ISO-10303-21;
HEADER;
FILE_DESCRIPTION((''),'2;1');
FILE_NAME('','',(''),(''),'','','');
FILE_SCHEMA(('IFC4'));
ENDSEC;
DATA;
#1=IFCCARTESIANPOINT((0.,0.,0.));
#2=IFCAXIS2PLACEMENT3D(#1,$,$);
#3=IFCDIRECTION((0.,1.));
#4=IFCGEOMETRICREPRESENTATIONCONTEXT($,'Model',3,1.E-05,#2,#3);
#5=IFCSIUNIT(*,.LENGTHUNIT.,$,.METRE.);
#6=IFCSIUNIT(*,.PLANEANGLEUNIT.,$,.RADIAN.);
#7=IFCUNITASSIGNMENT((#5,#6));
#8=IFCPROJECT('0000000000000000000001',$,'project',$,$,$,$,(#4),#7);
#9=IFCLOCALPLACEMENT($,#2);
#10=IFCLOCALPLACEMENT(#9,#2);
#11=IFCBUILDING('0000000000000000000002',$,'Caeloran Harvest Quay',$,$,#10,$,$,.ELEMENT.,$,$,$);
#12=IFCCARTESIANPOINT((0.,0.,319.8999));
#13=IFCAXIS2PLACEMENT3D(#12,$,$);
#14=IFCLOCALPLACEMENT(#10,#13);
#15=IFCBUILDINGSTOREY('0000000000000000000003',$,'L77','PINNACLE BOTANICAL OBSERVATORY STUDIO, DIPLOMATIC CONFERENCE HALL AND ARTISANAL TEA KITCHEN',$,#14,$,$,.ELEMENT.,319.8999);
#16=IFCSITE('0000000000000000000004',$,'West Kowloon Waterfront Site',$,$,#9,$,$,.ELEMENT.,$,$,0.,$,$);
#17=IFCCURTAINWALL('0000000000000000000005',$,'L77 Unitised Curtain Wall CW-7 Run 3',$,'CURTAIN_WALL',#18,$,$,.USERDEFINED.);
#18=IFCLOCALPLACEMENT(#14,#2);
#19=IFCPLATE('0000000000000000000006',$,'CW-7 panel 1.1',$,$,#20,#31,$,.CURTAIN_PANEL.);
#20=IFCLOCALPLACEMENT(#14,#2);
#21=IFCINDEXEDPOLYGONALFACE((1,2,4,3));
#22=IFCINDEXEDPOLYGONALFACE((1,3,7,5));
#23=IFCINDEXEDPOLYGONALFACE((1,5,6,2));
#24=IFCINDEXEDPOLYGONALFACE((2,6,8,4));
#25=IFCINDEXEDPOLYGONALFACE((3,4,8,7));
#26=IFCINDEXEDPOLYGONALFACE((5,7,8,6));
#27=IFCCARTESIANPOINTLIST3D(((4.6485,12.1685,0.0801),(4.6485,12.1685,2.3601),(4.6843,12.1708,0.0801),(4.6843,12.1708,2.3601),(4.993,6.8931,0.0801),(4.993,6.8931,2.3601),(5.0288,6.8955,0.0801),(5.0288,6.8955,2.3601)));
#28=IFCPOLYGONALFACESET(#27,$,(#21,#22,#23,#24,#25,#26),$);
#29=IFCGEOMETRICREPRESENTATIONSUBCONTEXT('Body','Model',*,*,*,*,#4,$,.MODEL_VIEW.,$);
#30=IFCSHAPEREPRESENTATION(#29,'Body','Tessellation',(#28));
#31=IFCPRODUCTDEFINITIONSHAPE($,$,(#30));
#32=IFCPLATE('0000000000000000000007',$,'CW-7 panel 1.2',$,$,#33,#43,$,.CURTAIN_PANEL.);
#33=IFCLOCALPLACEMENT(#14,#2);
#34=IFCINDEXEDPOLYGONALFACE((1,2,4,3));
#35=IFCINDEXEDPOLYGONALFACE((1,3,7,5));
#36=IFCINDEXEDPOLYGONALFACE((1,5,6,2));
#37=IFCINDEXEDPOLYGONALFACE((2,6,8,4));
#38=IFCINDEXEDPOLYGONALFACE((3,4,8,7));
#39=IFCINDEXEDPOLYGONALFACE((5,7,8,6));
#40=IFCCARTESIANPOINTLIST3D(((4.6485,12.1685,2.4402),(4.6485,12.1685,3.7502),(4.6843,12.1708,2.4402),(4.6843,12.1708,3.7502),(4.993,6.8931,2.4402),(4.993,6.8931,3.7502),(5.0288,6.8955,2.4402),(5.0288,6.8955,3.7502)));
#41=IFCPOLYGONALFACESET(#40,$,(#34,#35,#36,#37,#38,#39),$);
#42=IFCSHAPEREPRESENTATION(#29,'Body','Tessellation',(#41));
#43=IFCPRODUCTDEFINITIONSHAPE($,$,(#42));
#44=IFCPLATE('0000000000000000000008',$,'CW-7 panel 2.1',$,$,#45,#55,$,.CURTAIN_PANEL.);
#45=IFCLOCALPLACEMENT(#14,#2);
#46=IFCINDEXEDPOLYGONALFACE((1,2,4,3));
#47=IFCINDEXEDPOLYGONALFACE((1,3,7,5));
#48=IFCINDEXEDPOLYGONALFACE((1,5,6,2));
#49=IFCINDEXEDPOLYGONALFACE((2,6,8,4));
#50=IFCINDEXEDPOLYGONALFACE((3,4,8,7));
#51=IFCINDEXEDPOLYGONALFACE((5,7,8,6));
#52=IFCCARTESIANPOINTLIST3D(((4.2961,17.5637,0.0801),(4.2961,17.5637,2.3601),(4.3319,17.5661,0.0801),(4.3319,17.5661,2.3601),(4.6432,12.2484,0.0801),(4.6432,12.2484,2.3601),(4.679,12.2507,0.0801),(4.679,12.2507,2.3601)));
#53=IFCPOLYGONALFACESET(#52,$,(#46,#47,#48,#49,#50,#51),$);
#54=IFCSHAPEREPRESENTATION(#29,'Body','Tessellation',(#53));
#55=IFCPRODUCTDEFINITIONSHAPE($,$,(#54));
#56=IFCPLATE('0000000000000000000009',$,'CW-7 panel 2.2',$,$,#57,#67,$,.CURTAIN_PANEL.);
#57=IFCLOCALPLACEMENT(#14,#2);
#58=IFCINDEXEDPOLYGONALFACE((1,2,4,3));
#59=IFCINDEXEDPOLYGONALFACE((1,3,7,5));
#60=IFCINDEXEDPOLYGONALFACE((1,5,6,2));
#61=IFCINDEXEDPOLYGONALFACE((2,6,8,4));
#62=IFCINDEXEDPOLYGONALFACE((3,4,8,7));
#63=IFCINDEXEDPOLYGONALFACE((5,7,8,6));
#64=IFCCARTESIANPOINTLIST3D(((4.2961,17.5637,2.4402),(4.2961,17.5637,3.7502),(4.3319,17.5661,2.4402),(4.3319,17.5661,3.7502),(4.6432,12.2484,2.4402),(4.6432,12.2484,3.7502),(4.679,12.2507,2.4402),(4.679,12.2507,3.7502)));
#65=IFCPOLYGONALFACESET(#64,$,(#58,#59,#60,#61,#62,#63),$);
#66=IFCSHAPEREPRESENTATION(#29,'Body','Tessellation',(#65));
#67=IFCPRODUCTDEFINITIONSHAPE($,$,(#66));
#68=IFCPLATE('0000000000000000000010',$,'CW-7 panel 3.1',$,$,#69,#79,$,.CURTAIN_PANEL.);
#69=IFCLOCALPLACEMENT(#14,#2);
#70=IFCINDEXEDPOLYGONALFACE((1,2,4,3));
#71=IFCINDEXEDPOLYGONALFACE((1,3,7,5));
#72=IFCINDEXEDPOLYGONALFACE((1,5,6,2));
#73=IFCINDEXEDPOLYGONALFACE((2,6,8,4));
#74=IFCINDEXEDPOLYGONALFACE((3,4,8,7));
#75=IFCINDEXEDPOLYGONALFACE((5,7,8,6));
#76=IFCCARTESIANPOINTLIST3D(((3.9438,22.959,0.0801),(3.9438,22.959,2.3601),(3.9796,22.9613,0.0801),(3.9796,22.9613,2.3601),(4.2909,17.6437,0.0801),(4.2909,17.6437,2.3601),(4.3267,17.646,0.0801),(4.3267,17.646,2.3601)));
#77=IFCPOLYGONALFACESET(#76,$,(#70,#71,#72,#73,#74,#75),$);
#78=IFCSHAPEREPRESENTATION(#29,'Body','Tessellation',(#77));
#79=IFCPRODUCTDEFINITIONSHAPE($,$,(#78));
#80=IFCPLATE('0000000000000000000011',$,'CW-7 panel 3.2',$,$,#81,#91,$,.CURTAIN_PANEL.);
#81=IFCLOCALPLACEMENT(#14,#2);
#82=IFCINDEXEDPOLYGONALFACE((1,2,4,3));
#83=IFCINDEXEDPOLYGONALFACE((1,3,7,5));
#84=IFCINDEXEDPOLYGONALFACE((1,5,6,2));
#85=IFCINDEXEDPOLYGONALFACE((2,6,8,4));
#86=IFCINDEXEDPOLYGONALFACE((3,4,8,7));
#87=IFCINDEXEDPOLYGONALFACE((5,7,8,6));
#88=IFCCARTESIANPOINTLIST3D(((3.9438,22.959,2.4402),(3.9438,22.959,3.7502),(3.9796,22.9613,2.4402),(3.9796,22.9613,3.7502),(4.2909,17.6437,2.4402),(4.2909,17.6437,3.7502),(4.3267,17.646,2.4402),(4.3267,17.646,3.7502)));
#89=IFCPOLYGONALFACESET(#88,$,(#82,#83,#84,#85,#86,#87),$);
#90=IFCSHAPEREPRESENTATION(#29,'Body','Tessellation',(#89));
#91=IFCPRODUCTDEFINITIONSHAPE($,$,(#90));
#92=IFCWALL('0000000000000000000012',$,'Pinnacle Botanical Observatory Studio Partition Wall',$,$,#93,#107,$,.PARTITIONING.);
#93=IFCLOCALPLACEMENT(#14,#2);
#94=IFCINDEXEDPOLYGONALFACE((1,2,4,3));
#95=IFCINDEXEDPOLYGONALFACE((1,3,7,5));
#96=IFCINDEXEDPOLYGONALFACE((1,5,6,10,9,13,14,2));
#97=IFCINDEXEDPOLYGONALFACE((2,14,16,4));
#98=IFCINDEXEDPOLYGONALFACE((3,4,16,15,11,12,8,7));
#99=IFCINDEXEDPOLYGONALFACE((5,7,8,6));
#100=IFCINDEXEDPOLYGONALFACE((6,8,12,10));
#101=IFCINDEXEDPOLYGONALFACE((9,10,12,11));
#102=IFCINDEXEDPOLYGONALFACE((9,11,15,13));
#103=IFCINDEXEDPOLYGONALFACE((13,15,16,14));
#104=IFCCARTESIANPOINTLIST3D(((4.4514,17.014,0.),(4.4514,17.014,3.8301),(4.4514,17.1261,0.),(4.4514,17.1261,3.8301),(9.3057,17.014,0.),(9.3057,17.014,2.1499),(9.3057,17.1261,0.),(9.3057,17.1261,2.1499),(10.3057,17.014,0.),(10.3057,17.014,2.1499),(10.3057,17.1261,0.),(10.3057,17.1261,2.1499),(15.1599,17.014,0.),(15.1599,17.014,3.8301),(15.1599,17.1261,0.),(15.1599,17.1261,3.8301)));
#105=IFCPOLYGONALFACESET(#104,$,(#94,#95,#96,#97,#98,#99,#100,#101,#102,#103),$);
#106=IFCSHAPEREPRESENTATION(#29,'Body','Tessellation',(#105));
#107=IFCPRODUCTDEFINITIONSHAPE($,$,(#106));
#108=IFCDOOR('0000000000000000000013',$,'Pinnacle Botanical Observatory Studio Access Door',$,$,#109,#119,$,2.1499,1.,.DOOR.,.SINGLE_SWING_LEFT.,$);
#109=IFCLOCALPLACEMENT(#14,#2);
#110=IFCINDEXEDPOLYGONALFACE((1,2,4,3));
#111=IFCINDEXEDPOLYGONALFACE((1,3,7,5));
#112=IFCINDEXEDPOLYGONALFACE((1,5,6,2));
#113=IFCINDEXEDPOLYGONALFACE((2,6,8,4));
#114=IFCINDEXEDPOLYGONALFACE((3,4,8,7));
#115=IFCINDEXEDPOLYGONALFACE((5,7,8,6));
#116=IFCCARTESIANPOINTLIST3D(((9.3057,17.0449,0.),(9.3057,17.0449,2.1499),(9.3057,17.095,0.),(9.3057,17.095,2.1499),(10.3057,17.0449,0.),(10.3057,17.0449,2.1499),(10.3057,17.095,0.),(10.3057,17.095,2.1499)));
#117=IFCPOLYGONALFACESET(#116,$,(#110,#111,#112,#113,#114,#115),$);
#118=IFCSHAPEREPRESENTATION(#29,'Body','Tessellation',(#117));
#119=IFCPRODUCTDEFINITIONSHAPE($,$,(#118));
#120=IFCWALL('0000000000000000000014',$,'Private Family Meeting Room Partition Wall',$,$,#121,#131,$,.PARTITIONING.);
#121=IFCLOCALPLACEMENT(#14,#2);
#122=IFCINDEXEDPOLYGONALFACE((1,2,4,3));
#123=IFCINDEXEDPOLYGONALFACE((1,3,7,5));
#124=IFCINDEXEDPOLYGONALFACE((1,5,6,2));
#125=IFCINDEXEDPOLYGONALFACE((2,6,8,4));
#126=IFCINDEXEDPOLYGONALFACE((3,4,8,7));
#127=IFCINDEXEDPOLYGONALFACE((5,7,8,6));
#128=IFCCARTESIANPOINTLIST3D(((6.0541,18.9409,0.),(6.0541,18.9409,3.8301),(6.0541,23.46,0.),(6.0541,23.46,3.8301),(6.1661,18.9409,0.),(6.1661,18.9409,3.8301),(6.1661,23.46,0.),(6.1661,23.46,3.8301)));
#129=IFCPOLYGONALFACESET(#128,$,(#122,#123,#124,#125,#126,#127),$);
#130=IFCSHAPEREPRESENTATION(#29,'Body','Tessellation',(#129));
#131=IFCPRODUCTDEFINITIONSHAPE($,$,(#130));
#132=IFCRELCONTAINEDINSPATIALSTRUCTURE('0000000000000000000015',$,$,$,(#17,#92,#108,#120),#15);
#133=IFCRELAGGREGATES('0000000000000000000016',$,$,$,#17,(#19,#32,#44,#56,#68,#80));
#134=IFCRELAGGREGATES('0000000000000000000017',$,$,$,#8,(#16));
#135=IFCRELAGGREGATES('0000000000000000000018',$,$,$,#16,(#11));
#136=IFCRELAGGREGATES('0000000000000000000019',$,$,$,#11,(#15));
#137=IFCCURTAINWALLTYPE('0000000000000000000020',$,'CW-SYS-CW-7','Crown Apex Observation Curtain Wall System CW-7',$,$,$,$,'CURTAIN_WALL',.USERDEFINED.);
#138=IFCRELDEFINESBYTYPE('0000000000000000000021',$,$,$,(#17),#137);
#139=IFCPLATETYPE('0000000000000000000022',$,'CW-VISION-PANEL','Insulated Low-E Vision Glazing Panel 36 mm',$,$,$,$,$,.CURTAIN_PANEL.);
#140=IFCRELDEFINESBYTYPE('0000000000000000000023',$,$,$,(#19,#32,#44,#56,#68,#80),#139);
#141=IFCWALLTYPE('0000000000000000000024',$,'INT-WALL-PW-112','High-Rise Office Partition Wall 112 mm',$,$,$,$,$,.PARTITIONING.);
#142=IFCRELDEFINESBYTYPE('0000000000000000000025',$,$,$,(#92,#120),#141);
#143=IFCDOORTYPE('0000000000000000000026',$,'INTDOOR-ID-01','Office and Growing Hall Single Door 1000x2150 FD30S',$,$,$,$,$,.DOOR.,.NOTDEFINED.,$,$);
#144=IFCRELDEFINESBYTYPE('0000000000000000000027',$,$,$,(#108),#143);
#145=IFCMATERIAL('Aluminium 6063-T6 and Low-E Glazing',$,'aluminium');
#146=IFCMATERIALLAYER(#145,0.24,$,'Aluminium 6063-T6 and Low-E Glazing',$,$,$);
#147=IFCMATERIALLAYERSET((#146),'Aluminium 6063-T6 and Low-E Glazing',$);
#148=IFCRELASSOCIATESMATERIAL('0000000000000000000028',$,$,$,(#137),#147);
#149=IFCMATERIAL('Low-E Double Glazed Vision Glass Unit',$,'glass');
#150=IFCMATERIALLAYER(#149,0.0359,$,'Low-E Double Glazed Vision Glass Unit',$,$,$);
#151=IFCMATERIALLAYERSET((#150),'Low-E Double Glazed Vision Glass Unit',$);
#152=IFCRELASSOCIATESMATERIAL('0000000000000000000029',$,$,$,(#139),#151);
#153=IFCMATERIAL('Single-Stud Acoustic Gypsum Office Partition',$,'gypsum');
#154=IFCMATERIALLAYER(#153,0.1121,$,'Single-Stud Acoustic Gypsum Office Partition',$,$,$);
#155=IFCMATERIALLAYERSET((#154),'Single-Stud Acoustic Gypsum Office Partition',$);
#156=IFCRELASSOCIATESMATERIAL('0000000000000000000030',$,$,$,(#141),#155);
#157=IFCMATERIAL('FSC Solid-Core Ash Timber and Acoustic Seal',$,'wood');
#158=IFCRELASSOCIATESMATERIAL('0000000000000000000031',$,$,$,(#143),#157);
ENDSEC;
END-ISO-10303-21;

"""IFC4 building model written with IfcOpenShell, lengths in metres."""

from ifc_helpers import new_model, si_unit, direction, frame, frame_2d, origin, origin_2d, place, context, subcontext, project, spatial, rectangle, extrude, material, layer, layer_set, type_object, element, fill, aggregate, save


model = new_model("IFC4")

# Units and contexts
model_context = context("Model", 3, precision=1e-05, world=origin(), true_north=direction((0.0, 1.0)))
body_context = subcontext(model_context, "Body", "Model", "MODEL_VIEW")
ifc_project = project(units=[si_unit("LENGTHUNIT", "METRE"), si_unit("PLANEANGLEUNIT", "RADIAN")], contexts=[model_context])

# Site, building, storey
site_placement = place(None, origin())
site = spatial("IfcSite", under=ifc_project, at=site_placement, Name="West Kowloon Waterfront Site", CompositionType="ELEMENT", RefElevation=0.0)
building_placement = place(site_placement, origin())
building = spatial("IfcBuilding", under=site, at=building_placement, Name="Caeloran Harvest Quay", CompositionType="ELEMENT")
storey_placement = place(building_placement, frame((0.0, 0.0, 319.8999)))
storey = spatial("IfcBuildingStorey", under=building, at=storey_placement, Name="L77", Description="PINNACLE BOTANICAL OBSERVATORY STUDIO, DIPLOMATIC CONFERENCE HALL AND ARTISANAL TEA KITCHEN", CompositionType="ELEMENT", Elevation=319.8999)

# Curtain wall, plates
ifc_material_1 = material(Name="Aluminium 6063-T6 and Low-E Glazing", Category="aluminium")
ifc_layer_1 = layer(ifc_material_1, 0.24, Name="Aluminium 6063-T6 and Low-E Glazing")
ifc_layer_set_1 = layer_set([ifc_layer_1], Name="Aluminium 6063-T6 and Low-E Glazing")
curtain_wall_type = type_object("IfcCurtainWallType", Name="CW-SYS-CW-7", Description="Crown Apex Observation Curtain Wall System CW-7", ElementType="CURTAIN_WALL", PredefinedType="USERDEFINED", material=ifc_layer_set_1)
curtain_wall_placement = place(storey_placement, origin())
curtain_wall = element("IfcCurtainWall", 1, at=curtain_wall_placement, inside=storey, type_object=curtain_wall_type, Name="L77 Unitised Curtain Wall CW-7 Run 3", ObjectType="CURTAIN_WALL", PredefinedType="USERDEFINED")
ifc_material_2 = material(Name="Low-E Double Glazed Vision Glass Unit", Category="glass")
ifc_layer_2 = layer(ifc_material_2, 0.0359, Name="Low-E Double Glazed Vision Glass Unit")
ifc_layer_set_2 = layer_set([ifc_layer_2], Name="Low-E Double Glazed Vision Glass Unit")
plate_type = type_object("IfcPlateType", Name="CW-VISION-PANEL", Description="Insulated Low-E Vision Glazing Panel 36 mm", PredefinedType="CURTAIN_PANEL", material=ifc_layer_set_2)
plate_1_placement = place(storey_placement, frame((4.8386, 9.532, 0.0801), z_axis=(0.0, 0.0, 1.0), x_axis=(-0.065167, 0.997874, 0.0)))
plate_1 = element("IfcPlate", 2, at=plate_1_placement, type_object=plate_type, Name="CW-7 panel 1.1", PredefinedType="CURTAIN_PANEL", context=body_context, shape_type="SweptSolid", body=[
    extrude(rectangle(XDim=5.2866, YDim=0.0359, at=origin_2d()), origin(), (0.0, 0.0, 1.0), 2.28),
])
plate_2_placement = place(storey_placement, frame((4.8386, 9.532, 2.4402), z_axis=(0.0, 0.0, 1.0), x_axis=(-0.065167, 0.997874, 0.0)))
plate_2 = element("IfcPlate", 3, at=plate_2_placement, type_object=plate_type, Name="CW-7 panel 1.2", PredefinedType="CURTAIN_PANEL", context=body_context, shape_type="SweptSolid", body=[
    extrude(rectangle(XDim=5.2866, YDim=0.0359, at=origin_2d()), origin(), (0.0, 0.0, 1.0), 1.3101),
])
plate_3_placement = place(storey_placement, frame((4.4875, 14.9072, 0.0801), z_axis=(0.0, 0.0, 1.0), x_axis=(-0.065167, 0.997874, 0.0)))
plate_3 = element("IfcPlate", 4, at=plate_3_placement, type_object=plate_type, Name="CW-7 panel 2.1", PredefinedType="CURTAIN_PANEL", context=body_context, shape_type="SweptSolid", body=[
    extrude(rectangle(XDim=5.3267, YDim=0.0359, at=origin_2d()), origin(), (0.0, 0.0, 1.0), 2.28),
])
plate_4_placement = place(storey_placement, frame((4.4875, 14.9072, 2.4402), z_axis=(0.0, 0.0, 1.0), x_axis=(-0.065167, 0.997874, 0.0)))
plate_4 = element("IfcPlate", 5, at=plate_4_placement, type_object=plate_type, Name="CW-7 panel 2.2", PredefinedType="CURTAIN_PANEL", context=body_context, shape_type="SweptSolid", body=[
    extrude(rectangle(XDim=5.3267, YDim=0.0359, at=origin_2d()), origin(), (0.0, 0.0, 1.0), 1.3101),
])
plate_5_placement = place(storey_placement, frame((4.1353, 20.3025, 0.0801), z_axis=(0.0, 0.0, 1.0), x_axis=(-0.065167, 0.997874, 0.0)))
plate_5 = element("IfcPlate", 6, at=plate_5_placement, type_object=plate_type, Name="CW-7 panel 3.1", PredefinedType="CURTAIN_PANEL", context=body_context, shape_type="SweptSolid", body=[
    extrude(rectangle(XDim=5.3267, YDim=0.0359, at=origin_2d()), origin(), (0.0, 0.0, 1.0), 2.28),
])
plate_6_placement = place(storey_placement, frame((4.1353, 20.3025, 2.4402), z_axis=(0.0, 0.0, 1.0), x_axis=(-0.065167, 0.997874, 0.0)))
plate_6 = element("IfcPlate", 7, at=plate_6_placement, type_object=plate_type, Name="CW-7 panel 3.2", PredefinedType="CURTAIN_PANEL", context=body_context, shape_type="SweptSolid", body=[
    extrude(rectangle(XDim=5.3267, YDim=0.0359, at=origin_2d()), origin(), (0.0, 0.0, 1.0), 1.3101),
])
aggregate(curtain_wall, [plate_1, plate_2, plate_3, plate_4, plate_5, plate_6])

# Wall, opening, door
ifc_material_3 = material(Name="Single-Stud Acoustic Gypsum Office Partition", Category="gypsum")
ifc_layer_3 = layer(ifc_material_3, 0.1121, Name="Single-Stud Acoustic Gypsum Office Partition")
ifc_layer_set_3 = layer_set([ifc_layer_3], Name="Single-Stud Acoustic Gypsum Office Partition")
wall_type = type_object("IfcWallType", Name="INT-WALL-PW-112", Description="High-Rise Office Partition Wall 112 mm", PredefinedType="PARTITIONING", material=ifc_layer_set_3)
wall_1_placement = place(storey_placement, frame((4.4514, 17.0701, 0.0), z_axis=(0.0, 0.0, 1.0), x_axis=(1.0, 0.0, 0.0)))
wall_1 = element("IfcWall", 8, at=wall_1_placement, inside=storey, type_object=wall_type, Name="Pinnacle Botanical Observatory Studio Partition Wall", PredefinedType="PARTITIONING", context=body_context, shape_type="SweptSolid", body=[
    extrude(rectangle(XDim=10.7085, YDim=0.1121, at=frame_2d((5.3542, 0.0))), origin(), (0.0, 0.0, 1.0), 3.8301),
])
opening_placement = place(wall_1_placement, frame((4.8542, 0.0, 0.0)))
opening = element("IfcOpeningElement", 9, at=opening_placement, cuts=wall_1, PredefinedType="OPENING", context=body_context, shape_type="SweptSolid", body=[
    extrude(rectangle(XDim=1.0, YDim=2.1499, at=frame_2d((0.5, 1.075))), frame((0.0, 0.0659, 0.0), z_axis=(0.0, -1.0, 0.0), x_axis=(1.0, 0.0, 0.0)), (0.0, 0.0, 1.0), 0.1321),
])
ifc_material_4 = material(Name="FSC Solid-Core Ash Timber and Acoustic Seal", Category="wood")
door_type = type_object("IfcDoorType", Name="INTDOOR-ID-01", Description="Office and Growing Hall Single Door 1000x2150 FD30S", OperationType="NOTDEFINED", PredefinedType="DOOR", material=ifc_material_4)
door_placement = place(opening_placement, origin())
door = element("IfcDoor", 10, at=door_placement, inside=storey, type_object=door_type, Name="Pinnacle Botanical Observatory Studio Access Door", OperationType="SINGLE_SWING_LEFT", OverallHeight=2.1499, OverallWidth=1.0, PredefinedType="DOOR", context=body_context, shape_type="SweptSolid", body=[
    extrude(rectangle(XDim=1.0, YDim=2.1499, at=frame_2d((0.5, 1.075))), frame((0.0, 0.0249, 0.0), z_axis=(0.0, -1.0, 0.0), x_axis=(1.0, 0.0, 0.0)), (0.0, 0.0, 1.0), 0.05),
])
fill(opening, door)

# Wall
wall_2_placement = place(storey_placement, frame((6.1101, 18.9409, 0.0), z_axis=(0.0, 0.0, 1.0), x_axis=(0.0, 1.0, 0.0)))
element("IfcWall", 11, at=wall_2_placement, inside=storey, type_object=wall_type, Name="Private Family Meeting Room Partition Wall", PredefinedType="PARTITIONING", context=body_context, shape_type="SweptSolid", body=[
    extrude(rectangle(XDim=4.519, YDim=0.1121, at=frame_2d((2.2595, 0.0))), origin(), (0.0, 0.0, 1.0), 3.8301),
])

save(model, "model.ifc")
